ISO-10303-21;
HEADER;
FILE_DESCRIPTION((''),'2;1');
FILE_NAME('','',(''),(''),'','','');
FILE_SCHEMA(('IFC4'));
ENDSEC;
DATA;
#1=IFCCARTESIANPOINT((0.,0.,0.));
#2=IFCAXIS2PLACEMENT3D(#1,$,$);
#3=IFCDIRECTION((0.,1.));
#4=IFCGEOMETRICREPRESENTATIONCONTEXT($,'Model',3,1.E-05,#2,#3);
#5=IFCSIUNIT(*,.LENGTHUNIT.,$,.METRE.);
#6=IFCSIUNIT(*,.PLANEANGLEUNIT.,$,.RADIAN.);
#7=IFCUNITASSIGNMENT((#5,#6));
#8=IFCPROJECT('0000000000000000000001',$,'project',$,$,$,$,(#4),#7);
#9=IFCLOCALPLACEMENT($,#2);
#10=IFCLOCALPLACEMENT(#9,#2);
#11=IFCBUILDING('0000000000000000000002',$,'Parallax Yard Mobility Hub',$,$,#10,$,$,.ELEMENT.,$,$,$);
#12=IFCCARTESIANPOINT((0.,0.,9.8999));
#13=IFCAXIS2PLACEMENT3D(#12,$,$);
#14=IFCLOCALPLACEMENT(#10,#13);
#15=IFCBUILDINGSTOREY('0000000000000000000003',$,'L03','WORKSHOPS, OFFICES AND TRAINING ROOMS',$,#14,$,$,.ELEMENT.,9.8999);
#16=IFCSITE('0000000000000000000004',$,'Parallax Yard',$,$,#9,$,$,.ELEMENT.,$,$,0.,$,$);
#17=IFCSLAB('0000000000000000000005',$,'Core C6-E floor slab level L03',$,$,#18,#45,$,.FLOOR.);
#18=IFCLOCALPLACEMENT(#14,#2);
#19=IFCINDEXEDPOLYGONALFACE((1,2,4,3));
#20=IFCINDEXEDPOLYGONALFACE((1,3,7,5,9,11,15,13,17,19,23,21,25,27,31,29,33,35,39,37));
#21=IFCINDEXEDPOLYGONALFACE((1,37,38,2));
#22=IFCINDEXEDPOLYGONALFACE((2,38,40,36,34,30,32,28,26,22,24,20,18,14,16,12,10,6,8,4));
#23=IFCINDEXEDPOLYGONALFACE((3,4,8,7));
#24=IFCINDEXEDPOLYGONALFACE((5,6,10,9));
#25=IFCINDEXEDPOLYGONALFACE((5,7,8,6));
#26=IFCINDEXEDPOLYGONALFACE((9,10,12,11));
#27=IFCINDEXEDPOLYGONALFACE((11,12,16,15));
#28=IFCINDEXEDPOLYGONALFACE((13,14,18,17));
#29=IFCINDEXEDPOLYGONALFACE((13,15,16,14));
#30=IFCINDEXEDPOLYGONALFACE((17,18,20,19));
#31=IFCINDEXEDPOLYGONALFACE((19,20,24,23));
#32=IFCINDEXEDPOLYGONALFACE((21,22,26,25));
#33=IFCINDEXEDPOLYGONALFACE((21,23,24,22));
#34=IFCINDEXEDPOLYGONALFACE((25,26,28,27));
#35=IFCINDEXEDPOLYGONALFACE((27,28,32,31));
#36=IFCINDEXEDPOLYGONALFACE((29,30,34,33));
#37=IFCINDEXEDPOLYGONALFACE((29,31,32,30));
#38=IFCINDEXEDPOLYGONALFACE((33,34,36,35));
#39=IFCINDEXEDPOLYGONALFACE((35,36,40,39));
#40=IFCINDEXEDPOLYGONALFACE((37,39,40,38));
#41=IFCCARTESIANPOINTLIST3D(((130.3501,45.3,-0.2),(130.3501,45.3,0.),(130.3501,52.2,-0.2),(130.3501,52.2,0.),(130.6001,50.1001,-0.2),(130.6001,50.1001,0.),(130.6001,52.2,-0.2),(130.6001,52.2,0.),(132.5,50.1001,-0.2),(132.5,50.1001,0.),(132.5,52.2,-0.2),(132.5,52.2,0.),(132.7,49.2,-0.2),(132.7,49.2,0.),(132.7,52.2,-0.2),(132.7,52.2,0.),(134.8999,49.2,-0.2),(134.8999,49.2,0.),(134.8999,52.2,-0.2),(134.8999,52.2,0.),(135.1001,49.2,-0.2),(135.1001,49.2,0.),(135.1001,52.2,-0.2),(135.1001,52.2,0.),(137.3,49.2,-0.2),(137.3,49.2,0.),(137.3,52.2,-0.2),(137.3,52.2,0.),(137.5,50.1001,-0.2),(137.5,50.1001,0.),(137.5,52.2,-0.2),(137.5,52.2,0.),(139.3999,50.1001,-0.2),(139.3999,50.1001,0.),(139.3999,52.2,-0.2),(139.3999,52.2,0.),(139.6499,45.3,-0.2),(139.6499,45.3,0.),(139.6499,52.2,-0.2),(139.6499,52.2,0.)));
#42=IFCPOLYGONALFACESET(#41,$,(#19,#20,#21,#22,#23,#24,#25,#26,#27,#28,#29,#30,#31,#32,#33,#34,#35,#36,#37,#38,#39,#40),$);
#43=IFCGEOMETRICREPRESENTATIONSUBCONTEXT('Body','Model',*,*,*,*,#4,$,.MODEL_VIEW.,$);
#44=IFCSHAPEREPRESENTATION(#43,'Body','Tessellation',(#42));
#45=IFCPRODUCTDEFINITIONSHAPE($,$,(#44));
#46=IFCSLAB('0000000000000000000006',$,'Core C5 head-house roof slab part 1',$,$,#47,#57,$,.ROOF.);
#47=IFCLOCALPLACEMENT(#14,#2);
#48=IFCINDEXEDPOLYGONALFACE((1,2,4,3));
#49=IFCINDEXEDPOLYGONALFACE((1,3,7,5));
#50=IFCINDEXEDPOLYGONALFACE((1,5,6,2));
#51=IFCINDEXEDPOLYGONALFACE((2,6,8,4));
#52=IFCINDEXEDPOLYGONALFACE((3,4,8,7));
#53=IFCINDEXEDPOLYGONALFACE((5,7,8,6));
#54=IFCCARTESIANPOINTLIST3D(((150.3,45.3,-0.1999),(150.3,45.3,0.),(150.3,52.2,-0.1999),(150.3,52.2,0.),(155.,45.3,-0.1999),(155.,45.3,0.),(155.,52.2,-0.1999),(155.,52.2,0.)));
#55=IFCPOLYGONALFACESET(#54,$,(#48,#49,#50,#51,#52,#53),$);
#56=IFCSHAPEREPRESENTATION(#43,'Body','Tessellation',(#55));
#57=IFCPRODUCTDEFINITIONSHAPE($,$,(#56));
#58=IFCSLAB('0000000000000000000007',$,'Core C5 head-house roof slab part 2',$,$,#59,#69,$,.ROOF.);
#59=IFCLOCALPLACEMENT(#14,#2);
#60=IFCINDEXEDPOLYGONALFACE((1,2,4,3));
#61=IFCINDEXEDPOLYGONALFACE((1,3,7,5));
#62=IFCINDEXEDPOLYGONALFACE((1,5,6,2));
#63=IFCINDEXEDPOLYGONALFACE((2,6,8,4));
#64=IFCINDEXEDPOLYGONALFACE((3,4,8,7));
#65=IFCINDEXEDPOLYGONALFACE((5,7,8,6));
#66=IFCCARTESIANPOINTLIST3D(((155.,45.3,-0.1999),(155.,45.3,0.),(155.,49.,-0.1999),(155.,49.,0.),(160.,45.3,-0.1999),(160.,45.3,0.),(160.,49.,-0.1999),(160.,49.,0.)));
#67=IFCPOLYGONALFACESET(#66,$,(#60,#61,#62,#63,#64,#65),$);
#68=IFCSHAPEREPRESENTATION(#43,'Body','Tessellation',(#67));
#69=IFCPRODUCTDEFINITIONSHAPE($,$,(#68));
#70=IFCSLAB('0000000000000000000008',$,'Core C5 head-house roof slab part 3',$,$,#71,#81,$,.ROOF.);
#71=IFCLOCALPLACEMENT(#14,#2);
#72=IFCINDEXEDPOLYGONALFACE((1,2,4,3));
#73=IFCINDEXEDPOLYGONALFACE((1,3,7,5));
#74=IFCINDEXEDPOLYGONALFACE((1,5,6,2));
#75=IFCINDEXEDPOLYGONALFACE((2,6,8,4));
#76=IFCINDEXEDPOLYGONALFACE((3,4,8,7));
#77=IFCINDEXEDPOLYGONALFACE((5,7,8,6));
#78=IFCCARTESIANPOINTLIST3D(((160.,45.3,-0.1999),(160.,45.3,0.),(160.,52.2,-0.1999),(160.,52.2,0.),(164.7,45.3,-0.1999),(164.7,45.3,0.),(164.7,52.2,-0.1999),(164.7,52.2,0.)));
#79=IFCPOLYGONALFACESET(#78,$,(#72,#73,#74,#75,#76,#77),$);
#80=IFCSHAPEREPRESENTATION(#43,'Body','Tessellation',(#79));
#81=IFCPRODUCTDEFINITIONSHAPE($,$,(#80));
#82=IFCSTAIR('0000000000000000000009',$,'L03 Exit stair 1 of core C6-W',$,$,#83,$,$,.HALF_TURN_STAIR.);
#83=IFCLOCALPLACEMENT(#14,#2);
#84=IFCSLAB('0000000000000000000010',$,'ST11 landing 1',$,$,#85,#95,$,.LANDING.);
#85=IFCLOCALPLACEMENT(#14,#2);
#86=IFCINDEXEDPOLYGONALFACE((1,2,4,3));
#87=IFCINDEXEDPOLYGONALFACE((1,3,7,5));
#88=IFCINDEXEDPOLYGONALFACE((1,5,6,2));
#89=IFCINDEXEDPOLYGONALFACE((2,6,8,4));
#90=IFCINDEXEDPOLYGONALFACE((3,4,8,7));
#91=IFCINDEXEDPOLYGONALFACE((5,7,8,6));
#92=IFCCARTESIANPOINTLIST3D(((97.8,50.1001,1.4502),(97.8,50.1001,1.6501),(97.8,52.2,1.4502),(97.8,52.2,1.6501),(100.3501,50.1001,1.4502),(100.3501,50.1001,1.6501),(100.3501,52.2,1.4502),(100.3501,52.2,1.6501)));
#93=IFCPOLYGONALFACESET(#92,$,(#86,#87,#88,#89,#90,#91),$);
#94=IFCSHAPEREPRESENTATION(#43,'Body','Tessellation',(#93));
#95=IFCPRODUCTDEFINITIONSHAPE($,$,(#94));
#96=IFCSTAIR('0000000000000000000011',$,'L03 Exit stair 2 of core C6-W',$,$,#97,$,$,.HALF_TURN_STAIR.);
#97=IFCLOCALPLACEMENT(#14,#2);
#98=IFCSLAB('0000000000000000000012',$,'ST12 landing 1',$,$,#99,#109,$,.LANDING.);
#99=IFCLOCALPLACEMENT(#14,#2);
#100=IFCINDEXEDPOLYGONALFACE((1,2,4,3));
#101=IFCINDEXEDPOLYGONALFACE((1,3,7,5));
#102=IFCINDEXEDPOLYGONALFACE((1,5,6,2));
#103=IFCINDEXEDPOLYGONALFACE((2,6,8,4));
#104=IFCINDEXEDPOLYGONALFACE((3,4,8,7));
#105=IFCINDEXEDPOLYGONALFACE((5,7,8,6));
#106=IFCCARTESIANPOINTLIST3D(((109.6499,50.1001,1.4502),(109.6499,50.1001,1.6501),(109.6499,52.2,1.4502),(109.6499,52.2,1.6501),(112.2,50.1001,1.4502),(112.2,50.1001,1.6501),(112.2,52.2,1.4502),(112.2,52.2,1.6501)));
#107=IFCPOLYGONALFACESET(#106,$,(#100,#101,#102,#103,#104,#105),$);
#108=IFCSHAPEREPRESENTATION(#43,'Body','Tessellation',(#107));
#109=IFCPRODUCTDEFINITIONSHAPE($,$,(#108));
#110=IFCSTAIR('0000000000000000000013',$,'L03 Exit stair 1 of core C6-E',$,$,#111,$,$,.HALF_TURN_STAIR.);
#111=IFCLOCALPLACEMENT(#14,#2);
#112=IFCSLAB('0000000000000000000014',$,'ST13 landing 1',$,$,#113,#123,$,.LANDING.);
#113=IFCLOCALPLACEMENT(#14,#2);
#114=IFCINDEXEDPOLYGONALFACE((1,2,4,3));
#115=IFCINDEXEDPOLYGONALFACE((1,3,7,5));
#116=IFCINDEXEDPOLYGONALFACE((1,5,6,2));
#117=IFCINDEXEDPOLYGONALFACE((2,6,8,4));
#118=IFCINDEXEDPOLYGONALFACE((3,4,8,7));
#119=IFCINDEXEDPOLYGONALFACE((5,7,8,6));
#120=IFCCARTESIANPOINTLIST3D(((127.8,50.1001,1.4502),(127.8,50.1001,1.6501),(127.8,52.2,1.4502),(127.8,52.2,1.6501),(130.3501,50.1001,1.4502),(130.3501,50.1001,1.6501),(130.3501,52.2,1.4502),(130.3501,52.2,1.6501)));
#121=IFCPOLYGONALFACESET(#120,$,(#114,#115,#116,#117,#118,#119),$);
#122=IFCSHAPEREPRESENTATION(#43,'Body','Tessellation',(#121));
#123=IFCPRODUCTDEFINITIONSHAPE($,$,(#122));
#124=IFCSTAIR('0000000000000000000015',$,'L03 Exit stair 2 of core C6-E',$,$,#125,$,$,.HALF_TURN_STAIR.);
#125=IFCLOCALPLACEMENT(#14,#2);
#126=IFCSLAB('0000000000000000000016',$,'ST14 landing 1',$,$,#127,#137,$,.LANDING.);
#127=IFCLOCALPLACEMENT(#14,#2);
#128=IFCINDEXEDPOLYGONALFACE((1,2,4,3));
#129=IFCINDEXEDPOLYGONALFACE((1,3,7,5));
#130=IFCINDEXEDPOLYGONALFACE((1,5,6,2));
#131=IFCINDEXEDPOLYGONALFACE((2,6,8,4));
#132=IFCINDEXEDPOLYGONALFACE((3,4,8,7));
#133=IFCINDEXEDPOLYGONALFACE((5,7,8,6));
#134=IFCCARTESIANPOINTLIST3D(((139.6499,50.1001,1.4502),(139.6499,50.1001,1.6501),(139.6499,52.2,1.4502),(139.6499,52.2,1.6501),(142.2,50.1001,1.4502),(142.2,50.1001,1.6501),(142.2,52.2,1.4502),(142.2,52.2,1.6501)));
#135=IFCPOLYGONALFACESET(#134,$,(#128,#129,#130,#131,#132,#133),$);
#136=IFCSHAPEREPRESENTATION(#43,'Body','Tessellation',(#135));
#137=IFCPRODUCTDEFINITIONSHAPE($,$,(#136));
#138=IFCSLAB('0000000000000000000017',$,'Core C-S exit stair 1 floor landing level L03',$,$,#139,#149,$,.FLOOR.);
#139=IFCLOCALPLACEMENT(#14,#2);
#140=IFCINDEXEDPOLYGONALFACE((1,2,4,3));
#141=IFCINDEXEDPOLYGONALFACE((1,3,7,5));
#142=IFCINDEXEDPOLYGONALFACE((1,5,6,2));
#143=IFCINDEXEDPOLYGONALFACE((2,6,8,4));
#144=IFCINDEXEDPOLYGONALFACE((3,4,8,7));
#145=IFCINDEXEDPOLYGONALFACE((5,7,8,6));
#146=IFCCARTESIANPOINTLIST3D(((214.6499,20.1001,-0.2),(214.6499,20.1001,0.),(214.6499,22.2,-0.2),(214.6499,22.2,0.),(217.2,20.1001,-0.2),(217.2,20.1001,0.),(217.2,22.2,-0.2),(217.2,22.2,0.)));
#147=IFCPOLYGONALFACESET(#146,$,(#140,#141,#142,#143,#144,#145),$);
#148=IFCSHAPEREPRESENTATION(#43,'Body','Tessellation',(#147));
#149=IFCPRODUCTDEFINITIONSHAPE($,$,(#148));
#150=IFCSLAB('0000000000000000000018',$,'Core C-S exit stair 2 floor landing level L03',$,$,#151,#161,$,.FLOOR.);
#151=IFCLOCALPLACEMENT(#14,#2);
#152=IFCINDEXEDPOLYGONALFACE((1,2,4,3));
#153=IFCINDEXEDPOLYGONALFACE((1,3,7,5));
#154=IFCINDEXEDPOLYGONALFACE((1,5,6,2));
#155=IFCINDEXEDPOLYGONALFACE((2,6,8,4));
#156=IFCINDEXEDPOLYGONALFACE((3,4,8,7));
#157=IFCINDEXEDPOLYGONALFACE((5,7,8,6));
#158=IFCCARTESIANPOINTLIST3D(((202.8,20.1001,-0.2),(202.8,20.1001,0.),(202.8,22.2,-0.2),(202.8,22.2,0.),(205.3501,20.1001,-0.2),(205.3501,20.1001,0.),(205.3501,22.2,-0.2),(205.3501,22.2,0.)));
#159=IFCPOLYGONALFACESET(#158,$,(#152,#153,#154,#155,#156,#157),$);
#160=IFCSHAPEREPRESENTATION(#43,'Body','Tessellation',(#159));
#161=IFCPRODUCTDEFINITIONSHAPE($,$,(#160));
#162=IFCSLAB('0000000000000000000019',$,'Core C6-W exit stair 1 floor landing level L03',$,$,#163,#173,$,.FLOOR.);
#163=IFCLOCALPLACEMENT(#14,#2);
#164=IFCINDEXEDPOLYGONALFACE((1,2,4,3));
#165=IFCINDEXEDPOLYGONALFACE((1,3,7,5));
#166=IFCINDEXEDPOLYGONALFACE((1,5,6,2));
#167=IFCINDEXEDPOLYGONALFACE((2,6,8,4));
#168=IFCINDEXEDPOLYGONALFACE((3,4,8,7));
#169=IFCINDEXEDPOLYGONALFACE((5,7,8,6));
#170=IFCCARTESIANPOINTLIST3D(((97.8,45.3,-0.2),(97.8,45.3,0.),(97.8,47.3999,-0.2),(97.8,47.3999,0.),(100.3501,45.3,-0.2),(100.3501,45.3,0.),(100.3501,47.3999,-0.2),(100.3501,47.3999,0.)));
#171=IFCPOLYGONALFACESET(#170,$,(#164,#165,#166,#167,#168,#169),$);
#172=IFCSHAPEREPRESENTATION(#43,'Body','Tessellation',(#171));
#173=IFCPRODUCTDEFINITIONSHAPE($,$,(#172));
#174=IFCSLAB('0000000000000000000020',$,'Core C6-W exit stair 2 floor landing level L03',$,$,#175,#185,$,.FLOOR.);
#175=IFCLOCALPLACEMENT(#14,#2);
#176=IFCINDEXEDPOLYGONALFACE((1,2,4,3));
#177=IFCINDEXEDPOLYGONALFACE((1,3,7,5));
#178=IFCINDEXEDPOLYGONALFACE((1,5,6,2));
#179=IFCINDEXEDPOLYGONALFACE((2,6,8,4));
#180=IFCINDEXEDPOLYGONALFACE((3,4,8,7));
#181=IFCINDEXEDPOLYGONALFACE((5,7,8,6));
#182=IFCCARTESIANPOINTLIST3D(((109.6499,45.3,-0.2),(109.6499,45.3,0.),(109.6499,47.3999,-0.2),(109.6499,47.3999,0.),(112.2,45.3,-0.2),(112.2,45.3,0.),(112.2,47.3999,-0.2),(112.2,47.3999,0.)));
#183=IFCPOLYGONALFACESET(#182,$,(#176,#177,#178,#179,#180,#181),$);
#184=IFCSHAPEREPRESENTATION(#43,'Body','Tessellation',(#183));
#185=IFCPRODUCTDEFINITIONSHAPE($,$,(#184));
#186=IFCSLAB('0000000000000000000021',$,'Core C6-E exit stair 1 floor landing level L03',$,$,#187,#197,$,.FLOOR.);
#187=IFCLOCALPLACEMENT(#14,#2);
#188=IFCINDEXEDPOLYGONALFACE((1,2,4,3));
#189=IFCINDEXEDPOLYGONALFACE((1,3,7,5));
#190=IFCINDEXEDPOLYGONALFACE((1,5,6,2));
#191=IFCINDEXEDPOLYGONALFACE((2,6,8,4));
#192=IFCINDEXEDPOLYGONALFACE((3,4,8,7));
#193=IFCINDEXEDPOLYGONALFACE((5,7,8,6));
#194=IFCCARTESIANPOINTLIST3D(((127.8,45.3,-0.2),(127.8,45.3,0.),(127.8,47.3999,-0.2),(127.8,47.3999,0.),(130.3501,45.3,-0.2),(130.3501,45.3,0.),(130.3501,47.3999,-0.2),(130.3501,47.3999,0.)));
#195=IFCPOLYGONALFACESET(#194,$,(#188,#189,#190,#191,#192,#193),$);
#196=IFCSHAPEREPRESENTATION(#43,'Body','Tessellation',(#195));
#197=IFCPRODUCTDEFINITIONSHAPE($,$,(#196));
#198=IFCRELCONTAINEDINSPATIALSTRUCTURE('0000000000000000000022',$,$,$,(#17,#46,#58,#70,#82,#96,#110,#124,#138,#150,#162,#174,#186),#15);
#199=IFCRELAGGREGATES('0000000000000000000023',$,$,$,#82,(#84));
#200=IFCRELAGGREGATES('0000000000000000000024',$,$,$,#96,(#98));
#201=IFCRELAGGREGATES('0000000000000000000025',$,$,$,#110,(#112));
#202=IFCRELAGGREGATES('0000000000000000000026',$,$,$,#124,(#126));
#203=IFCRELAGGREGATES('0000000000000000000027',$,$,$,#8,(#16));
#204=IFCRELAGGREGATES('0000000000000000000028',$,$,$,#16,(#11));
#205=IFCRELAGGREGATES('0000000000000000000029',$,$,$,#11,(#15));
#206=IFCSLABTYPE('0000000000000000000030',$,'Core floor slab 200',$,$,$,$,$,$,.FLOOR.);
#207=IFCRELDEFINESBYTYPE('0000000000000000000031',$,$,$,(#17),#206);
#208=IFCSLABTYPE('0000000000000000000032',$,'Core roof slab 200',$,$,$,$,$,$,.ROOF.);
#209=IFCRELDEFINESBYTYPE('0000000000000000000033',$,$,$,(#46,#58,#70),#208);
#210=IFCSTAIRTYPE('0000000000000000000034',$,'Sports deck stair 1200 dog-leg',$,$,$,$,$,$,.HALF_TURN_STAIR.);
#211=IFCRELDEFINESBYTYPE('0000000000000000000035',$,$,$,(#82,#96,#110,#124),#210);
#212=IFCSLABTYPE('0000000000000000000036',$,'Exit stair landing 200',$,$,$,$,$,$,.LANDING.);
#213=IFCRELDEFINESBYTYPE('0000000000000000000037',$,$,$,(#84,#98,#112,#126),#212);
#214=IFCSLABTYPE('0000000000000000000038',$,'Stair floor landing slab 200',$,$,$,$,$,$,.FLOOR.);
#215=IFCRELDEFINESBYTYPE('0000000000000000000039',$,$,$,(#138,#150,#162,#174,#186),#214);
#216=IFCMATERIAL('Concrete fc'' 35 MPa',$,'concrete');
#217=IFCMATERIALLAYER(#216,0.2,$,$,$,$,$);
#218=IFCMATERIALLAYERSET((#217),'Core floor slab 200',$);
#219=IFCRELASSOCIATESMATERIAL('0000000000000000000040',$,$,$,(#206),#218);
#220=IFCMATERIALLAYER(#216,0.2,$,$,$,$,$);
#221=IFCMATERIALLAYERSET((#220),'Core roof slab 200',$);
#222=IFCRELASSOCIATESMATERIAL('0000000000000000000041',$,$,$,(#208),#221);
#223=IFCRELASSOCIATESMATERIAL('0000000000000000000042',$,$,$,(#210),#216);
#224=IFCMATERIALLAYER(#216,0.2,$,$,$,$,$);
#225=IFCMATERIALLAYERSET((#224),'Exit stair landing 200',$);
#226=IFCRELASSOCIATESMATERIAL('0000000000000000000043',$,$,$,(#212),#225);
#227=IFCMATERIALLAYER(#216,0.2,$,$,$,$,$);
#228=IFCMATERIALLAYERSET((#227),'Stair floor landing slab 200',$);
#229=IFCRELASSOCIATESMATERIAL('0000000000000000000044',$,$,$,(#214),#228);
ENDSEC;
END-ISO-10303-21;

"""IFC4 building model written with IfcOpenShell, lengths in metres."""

from ifc_helpers import new_model, si_unit, direction, frame, origin, place, context, subcontext, project, spatial, polyline, outline, extrude, material, layer, layer_set, type_object, element, aggregate, save


model = new_model("IFC4")

# Units and contexts
model_context = context("Model", 3, precision=1e-05, world=origin(), true_north=direction((0.0, 1.0)))
body_context = subcontext(model_context, "Body", "Model", "MODEL_VIEW")
ifc_project = project(units=[si_unit("LENGTHUNIT", "METRE"), si_unit("PLANEANGLEUNIT", "RADIAN")], contexts=[model_context])

# Site, building, storey
site_placement = place(None, origin())
site = spatial("IfcSite", under=ifc_project, at=site_placement, Name="Parallax Yard", CompositionType="ELEMENT", RefElevation=0.0)
building_placement = place(site_placement, origin())
building = spatial("IfcBuilding", under=site, at=building_placement, Name="Parallax Yard Mobility Hub", CompositionType="ELEMENT")
storey_placement = place(building_placement, frame((0.0, 0.0, 9.8999)))
storey = spatial("IfcBuildingStorey", under=building, at=storey_placement, Name="L03", Description="WORKSHOPS, OFFICES AND TRAINING ROOMS", CompositionType="ELEMENT", Elevation=9.8999)

# Slabs
ifc_material_1 = material(Name="Concrete fc' 35 MPa", Category="concrete")
ifc_layer_1 = layer(ifc_material_1, 0.2)
ifc_layer_set_1 = layer_set([ifc_layer_1], Name="Core floor slab 200")
slab_type_1 = type_object("IfcSlabType", Name="Core floor slab 200", PredefinedType="FLOOR", material=ifc_layer_set_1)
slab_1_placement = place(storey_placement, frame((0.0, 0.0, -0.2)))
element("IfcSlab", 1, at=slab_1_placement, inside=storey, type_object=slab_type_1, Name="Core C6-E floor slab level L03", PredefinedType="FLOOR", context=body_context, shape_type="SweptSolid", body=[
    extrude(outline(polyline([(134.8999, 49.2), (134.8999, 52.2), (135.1001, 52.2), (135.1001, 49.2), (137.3, 49.2), (137.3, 52.2), (137.5, 52.2), (137.5, 50.1001), (139.3999, 50.1001), (139.3999, 52.2), (139.6499, 52.2), (139.6499, 45.3), (130.3501, 45.3), (130.3501, 52.2), (130.6001, 52.2), (130.6001, 50.1001), (132.5, 50.1001), (132.5, 52.2), (132.7, 52.2), (132.7, 49.2), (134.8999, 49.2)])), origin(), (0.0, 0.0, 1.0), 0.2),
])
ifc_layer_2 = layer(ifc_material_1, 0.2)
ifc_layer_set_2 = layer_set([ifc_layer_2], Name="Core roof slab 200")
slab_type_2 = type_object("IfcSlabType", Name="Core roof slab 200", PredefinedType="ROOF", material=ifc_layer_set_2)
placement = place(building_placement, frame((0.0, 0.0, 6.6001)))
slab_2_placement = place(placement, frame((0.0, 0.0, 3.0999)))
element("IfcSlab", 2, at=slab_2_placement, inside=storey, type_object=slab_type_2, Name="Core C5 head-house roof slab part 1", PredefinedType="ROOF", context=body_context, shape_type="SweptSolid", body=[
    extrude(outline(polyline([(155.0, 45.3), (155.0, 52.2), (150.3, 52.2), (150.3, 45.3), (155.0, 45.3)])), origin(), (0.0, 0.0, 1.0), 0.2),
])
slab_3_placement = place(placement, frame((0.0, 0.0, 3.0999)))
element("IfcSlab", 3, at=slab_3_placement, inside=storey, type_object=slab_type_2, Name="Core C5 head-house roof slab part 2", PredefinedType="ROOF", context=body_context, shape_type="SweptSolid", body=[
    extrude(outline(polyline([(160.0, 45.3), (160.0, 49.0), (155.0, 49.0), (155.0, 45.3), (160.0, 45.3)])), origin(), (0.0, 0.0, 1.0), 0.2),
])
slab_4_placement = place(placement, frame((0.0, 0.0, 3.0999)))
element("IfcSlab", 4, at=slab_4_placement, inside=storey, type_object=slab_type_2, Name="Core C5 head-house roof slab part 3", PredefinedType="ROOF", context=body_context, shape_type="SweptSolid", body=[
    extrude(outline(polyline([(164.7, 45.3), (164.7, 52.2), (160.0, 52.2), (160.0, 45.3), (164.7, 45.3)])), origin(), (0.0, 0.0, 1.0), 0.2),
])

# Stairs, slabs
stair_type = type_object("IfcStairType", Name="Sports deck stair 1200 dog-leg", PredefinedType="HALF_TURN_STAIR", material=ifc_material_1)
stair_1_placement = place(storey_placement, origin())
stair_1 = element("IfcStair", 5, at=stair_1_placement, inside=storey, type_object=stair_type, Name="L03 Exit stair 1 of core C6-W", PredefinedType="HALF_TURN_STAIR")
ifc_layer_3 = layer(ifc_material_1, 0.2)
ifc_layer_set_3 = layer_set([ifc_layer_3], Name="Exit stair landing 200")
slab_type_3 = type_object("IfcSlabType", Name="Exit stair landing 200", PredefinedType="LANDING", material=ifc_layer_set_3)
slab_5_placement = place(storey_placement, frame((0.0, 0.0, 1.4502)))
slab_5 = element("IfcSlab", 6, at=slab_5_placement, type_object=slab_type_3, Name="ST11 landing 1", PredefinedType="LANDING", context=body_context, shape_type="SweptSolid", body=[
    extrude(outline(polyline([(100.3501, 50.1001), (100.3501, 52.2), (97.8, 52.2), (97.8, 50.1001), (100.3501, 50.1001)])), origin(), (0.0, 0.0, 1.0), 0.2),
])
aggregate(stair_1, [slab_5])
stair_2_placement = place(storey_placement, origin())
stair_2 = element("IfcStair", 7, at=stair_2_placement, inside=storey, type_object=stair_type, Name="L03 Exit stair 2 of core C6-W", PredefinedType="HALF_TURN_STAIR")
slab_6_placement = place(storey_placement, frame((0.0, 0.0, 1.4502)))
slab_6 = element("IfcSlab", 8, at=slab_6_placement, type_object=slab_type_3, Name="ST12 landing 1", PredefinedType="LANDING", context=body_context, shape_type="SweptSolid", body=[
    extrude(outline(polyline([(112.2, 50.1001), (112.2, 52.2), (109.6499, 52.2), (109.6499, 50.1001), (112.2, 50.1001)])), origin(), (0.0, 0.0, 1.0), 0.2),
])
aggregate(stair_2, [slab_6])
stair_3_placement = place(storey_placement, origin())
stair_3 = element("IfcStair", 9, at=stair_3_placement, inside=storey, type_object=stair_type, Name="L03 Exit stair 1 of core C6-E", PredefinedType="HALF_TURN_STAIR")
slab_7_placement = place(storey_placement, frame((0.0, 0.0, 1.4502)))
slab_7 = element("IfcSlab", 10, at=slab_7_placement, type_object=slab_type_3, Name="ST13 landing 1", PredefinedType="LANDING", context=body_context, shape_type="SweptSolid", body=[
    extrude(outline(polyline([(130.3501, 50.1001), (130.3501, 52.2), (127.8, 52.2), (127.8, 50.1001), (130.3501, 50.1001)])), origin(), (0.0, 0.0, 1.0), 0.2),
])
aggregate(stair_3, [slab_7])
stair_4_placement = place(storey_placement, origin())
stair_4 = element("IfcStair", 11, at=stair_4_placement, inside=storey, type_object=stair_type, Name="L03 Exit stair 2 of core C6-E", PredefinedType="HALF_TURN_STAIR")
slab_8_placement = place(storey_placement, frame((0.0, 0.0, 1.4502)))
slab_8 = element("IfcSlab", 12, at=slab_8_placement, type_object=slab_type_3, Name="ST14 landing 1", PredefinedType="LANDING", context=body_context, shape_type="SweptSolid", body=[
    extrude(outline(polyline([(142.2, 50.1001), (142.2, 52.2), (139.6499, 52.2), (139.6499, 50.1001), (142.2, 50.1001)])), origin(), (0.0, 0.0, 1.0), 0.2),
])
aggregate(stair_4, [slab_8])

# Slabs
ifc_layer_4 = layer(ifc_material_1, 0.2)
ifc_layer_set_4 = layer_set([ifc_layer_4], Name="Stair floor landing slab 200")
slab_type_4 = type_object("IfcSlabType", Name="Stair floor landing slab 200", PredefinedType="FLOOR", material=ifc_layer_set_4)
slab_9_placement = place(storey_placement, frame((0.0, 0.0, -0.2)))
element("IfcSlab", 13, at=slab_9_placement, inside=storey, type_object=slab_type_4, Name="Core C-S exit stair 1 floor landing level L03", PredefinedType="FLOOR", context=body_context, shape_type="SweptSolid", body=[
    extrude(outline(polyline([(217.2, 20.1001), (214.6499, 20.1001), (214.6499, 22.2), (217.2, 22.2), (217.2, 20.1001)])), origin(), (0.0, 0.0, 1.0), 0.2),
])
slab_10_placement = place(storey_placement, frame((0.0, 0.0, -0.2)))
element("IfcSlab", 14, at=slab_10_placement, inside=storey, type_object=slab_type_4, Name="Core C-S exit stair 2 floor landing level L03", PredefinedType="FLOOR", context=body_context, shape_type="SweptSolid", body=[
    extrude(outline(polyline([(205.3501, 20.1001), (202.8, 20.1001), (202.8, 22.2), (205.3501, 22.2), (205.3501, 20.1001)])), origin(), (0.0, 0.0, 1.0), 0.2),
])
slab_11_placement = place(storey_placement, frame((0.0, 0.0, -0.2)))
element("IfcSlab", 15, at=slab_11_placement, inside=storey, type_object=slab_type_4, Name="Core C6-W exit stair 1 floor landing level L03", PredefinedType="FLOOR", context=body_context, shape_type="SweptSolid", body=[
    extrude(outline(polyline([(100.3501, 45.3), (100.3501, 47.3999), (97.8, 47.3999), (97.8, 45.3), (100.3501, 45.3)])), origin(), (0.0, 0.0, 1.0), 0.2),
])
slab_12_placement = place(storey_placement, frame((0.0, 0.0, -0.2)))
element("IfcSlab", 16, at=slab_12_placement, inside=storey, type_object=slab_type_4, Name="Core C6-W exit stair 2 floor landing level L03", PredefinedType="FLOOR", context=body_context, shape_type="SweptSolid", body=[
    extrude(outline(polyline([(112.2, 45.3), (112.2, 47.3999), (109.6499, 47.3999), (109.6499, 45.3), (112.2, 45.3)])), origin(), (0.0, 0.0, 1.0), 0.2),
])
slab_13_placement = place(storey_placement, frame((0.0, 0.0, -0.2)))
element("IfcSlab", 17, at=slab_13_placement, inside=storey, type_object=slab_type_4, Name="Core C6-E exit stair 1 floor landing level L03", PredefinedType="FLOOR", context=body_context, shape_type="SweptSolid", body=[
    extrude(outline(polyline([(130.3501, 45.3), (130.3501, 47.3999), (127.8, 47.3999), (127.8, 45.3), (130.3501, 45.3)])), origin(), (0.0, 0.0, 1.0), 0.2),
])

save(model, "model.ifc")
